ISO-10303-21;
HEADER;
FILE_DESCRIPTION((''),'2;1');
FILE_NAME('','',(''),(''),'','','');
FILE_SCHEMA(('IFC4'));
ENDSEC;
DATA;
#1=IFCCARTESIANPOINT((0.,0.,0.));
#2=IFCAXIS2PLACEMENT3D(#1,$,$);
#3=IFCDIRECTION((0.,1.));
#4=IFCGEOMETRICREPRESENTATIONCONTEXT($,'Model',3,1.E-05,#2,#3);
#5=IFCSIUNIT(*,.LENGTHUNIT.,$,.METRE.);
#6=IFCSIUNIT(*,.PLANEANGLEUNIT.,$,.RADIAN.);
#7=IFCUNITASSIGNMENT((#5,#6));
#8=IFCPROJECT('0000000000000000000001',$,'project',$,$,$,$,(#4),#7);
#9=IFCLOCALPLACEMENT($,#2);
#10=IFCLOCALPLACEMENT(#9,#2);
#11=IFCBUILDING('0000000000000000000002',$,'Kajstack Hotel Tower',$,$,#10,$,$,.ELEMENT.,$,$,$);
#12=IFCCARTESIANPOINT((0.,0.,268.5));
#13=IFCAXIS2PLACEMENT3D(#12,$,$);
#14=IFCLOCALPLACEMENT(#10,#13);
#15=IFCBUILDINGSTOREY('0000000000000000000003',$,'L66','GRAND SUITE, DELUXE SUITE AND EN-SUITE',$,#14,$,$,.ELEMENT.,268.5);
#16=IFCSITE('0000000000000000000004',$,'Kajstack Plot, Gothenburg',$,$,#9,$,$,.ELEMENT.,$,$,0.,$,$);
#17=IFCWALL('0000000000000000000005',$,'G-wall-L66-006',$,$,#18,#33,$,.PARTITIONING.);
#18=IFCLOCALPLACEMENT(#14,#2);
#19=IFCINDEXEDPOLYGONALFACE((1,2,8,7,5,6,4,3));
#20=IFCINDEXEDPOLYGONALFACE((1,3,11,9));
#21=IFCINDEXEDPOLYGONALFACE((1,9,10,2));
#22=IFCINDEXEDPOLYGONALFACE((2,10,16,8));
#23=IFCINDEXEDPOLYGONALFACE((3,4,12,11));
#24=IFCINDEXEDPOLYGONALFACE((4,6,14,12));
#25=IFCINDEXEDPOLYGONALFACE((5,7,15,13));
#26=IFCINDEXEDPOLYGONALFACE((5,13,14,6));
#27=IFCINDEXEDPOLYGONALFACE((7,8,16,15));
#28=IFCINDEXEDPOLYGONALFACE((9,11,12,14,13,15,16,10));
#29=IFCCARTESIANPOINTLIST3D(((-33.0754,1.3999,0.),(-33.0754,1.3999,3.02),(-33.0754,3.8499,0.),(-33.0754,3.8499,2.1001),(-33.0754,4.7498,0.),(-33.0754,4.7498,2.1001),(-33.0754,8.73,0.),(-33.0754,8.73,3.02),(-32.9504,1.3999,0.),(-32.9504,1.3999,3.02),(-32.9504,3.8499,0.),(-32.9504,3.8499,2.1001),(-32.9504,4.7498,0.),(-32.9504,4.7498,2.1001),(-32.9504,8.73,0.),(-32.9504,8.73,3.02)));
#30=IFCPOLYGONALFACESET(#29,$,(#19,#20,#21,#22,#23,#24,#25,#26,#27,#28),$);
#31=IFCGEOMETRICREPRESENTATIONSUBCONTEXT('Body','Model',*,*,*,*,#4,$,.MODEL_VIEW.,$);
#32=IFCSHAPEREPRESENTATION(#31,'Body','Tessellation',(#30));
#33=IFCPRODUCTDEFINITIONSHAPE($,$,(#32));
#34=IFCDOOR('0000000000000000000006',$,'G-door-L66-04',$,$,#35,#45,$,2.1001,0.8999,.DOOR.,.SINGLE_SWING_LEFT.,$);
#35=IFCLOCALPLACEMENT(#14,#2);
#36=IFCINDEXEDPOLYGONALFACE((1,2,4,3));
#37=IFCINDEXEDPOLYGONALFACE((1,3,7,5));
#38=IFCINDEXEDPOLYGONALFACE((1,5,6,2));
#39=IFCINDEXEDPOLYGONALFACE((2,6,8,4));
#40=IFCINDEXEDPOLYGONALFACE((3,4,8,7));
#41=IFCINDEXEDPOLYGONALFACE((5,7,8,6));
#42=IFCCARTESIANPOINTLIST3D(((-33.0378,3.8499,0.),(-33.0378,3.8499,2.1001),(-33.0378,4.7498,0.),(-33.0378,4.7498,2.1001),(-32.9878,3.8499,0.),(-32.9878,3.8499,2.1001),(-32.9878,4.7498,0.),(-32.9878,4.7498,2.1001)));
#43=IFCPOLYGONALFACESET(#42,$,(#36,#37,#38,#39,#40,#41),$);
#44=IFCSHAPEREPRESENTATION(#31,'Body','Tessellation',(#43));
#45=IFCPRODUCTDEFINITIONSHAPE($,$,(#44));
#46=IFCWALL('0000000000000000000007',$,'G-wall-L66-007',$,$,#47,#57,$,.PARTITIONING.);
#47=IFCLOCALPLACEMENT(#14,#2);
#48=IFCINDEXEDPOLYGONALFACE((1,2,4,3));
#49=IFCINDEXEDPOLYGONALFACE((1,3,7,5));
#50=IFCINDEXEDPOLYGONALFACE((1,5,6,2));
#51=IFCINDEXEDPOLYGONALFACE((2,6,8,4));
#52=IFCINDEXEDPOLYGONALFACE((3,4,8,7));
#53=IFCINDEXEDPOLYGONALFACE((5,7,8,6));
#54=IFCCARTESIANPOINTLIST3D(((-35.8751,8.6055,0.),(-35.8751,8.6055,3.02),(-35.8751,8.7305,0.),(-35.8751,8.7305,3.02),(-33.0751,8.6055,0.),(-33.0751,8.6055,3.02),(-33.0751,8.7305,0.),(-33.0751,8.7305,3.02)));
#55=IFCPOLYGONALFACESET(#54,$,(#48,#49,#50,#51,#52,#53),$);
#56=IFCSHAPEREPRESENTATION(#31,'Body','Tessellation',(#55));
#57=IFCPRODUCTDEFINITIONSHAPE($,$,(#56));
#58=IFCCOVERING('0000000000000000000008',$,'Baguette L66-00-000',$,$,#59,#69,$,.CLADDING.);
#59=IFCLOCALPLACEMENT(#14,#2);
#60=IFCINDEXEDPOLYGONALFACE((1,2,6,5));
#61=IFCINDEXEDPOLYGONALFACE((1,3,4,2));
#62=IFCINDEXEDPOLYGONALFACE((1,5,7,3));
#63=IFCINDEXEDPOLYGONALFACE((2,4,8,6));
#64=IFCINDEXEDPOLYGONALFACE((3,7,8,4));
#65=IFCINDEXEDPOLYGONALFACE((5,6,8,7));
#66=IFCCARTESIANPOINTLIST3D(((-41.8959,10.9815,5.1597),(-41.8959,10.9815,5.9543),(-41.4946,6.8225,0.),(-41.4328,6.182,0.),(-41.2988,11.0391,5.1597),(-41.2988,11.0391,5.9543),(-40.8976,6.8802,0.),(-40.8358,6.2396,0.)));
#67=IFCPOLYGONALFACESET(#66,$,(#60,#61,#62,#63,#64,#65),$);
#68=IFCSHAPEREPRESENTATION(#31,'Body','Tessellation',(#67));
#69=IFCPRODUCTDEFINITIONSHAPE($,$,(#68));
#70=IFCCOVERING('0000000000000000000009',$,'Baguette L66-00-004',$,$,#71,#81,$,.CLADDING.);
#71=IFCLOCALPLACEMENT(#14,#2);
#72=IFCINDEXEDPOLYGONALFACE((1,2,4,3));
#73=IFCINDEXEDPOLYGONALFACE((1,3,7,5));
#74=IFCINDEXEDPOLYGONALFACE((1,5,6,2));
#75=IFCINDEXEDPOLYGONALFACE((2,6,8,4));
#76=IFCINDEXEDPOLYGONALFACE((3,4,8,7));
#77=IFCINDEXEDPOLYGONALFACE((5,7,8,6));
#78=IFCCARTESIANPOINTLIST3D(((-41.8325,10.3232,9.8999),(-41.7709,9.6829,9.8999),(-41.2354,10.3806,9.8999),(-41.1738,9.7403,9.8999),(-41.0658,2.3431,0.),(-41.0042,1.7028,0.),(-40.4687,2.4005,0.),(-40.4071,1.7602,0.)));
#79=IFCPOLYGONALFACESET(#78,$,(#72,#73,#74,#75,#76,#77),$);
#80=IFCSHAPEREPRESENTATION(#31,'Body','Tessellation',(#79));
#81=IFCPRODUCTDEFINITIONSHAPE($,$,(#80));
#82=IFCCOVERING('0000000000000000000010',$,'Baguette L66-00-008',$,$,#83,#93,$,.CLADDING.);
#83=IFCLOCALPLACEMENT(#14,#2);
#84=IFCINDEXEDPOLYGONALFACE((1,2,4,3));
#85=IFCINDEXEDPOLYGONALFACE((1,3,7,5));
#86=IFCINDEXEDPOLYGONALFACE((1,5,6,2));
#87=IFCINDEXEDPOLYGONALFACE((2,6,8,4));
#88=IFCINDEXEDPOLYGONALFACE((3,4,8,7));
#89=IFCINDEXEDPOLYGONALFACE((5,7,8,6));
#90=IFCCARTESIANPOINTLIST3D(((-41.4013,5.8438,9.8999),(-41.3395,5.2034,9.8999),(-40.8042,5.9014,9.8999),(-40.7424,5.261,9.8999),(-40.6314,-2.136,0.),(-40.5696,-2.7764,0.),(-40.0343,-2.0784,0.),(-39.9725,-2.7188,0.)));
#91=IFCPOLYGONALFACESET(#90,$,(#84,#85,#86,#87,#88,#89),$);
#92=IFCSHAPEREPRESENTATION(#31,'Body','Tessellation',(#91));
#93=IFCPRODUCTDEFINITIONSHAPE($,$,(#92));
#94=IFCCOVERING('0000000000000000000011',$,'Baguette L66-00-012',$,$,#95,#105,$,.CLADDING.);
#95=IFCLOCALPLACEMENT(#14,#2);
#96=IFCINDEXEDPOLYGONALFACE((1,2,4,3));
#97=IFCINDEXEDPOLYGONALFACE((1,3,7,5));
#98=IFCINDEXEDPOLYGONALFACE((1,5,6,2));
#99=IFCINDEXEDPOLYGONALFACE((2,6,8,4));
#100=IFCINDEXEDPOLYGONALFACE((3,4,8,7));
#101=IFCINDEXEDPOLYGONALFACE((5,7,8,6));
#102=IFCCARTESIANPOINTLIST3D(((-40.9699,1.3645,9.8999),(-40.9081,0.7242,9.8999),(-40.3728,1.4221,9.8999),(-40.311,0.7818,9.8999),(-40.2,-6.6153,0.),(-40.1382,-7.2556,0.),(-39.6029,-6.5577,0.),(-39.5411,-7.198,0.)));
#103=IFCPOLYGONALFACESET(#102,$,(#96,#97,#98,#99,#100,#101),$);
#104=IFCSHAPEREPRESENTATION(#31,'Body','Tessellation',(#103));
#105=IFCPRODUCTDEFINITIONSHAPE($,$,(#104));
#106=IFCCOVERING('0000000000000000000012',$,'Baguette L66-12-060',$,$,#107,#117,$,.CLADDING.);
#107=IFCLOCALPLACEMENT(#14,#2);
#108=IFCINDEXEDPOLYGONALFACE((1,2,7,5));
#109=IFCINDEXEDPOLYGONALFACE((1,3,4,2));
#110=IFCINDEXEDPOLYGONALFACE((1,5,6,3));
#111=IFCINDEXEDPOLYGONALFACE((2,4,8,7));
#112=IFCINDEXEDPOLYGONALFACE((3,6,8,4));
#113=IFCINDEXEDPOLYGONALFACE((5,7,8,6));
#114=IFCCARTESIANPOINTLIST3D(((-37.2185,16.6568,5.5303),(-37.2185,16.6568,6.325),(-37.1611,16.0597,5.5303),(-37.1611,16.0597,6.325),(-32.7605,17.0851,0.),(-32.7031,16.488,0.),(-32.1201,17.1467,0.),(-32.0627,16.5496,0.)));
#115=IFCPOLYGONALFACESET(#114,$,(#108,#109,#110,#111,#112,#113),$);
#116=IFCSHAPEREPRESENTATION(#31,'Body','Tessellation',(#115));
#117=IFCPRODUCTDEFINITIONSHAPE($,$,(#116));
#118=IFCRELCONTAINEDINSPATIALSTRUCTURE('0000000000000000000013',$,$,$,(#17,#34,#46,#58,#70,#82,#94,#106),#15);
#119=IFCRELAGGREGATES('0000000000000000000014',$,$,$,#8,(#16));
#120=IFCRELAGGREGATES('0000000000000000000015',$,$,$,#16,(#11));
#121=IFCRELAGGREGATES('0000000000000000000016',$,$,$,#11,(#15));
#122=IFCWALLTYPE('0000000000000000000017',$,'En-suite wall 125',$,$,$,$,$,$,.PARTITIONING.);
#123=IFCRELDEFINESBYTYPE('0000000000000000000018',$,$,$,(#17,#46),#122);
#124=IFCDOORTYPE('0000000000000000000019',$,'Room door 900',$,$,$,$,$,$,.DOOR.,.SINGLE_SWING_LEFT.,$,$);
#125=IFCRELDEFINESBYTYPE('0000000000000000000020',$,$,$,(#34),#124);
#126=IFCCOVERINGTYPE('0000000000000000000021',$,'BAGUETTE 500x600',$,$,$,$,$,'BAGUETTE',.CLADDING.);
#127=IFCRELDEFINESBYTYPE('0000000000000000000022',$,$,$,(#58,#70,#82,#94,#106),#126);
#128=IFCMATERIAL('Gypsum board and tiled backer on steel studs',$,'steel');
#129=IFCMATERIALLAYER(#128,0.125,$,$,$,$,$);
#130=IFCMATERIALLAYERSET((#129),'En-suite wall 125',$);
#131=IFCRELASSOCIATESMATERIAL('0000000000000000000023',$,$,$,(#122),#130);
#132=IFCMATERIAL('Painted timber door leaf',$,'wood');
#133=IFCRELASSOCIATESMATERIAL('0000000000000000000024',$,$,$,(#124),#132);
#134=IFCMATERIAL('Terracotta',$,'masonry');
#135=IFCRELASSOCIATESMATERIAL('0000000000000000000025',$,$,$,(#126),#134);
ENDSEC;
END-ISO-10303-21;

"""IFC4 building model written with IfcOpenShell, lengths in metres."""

from ifc_helpers import new_model, si_unit, direction, frame, frame_2d, origin, origin_2d, place, context, subcontext, project, spatial, polyline, rectangle, outline, extrude, material, layer, layer_set, material_profile, profile_set, type_object, element, fill, save


model = new_model("IFC4")

# Units and contexts
model_context = context("Model", 3, precision=1e-05, world=origin(), true_north=direction((0.0, 1.0)))
body_context = subcontext(model_context, "Body", "Model", "MODEL_VIEW")
ifc_project = project(units=[si_unit("LENGTHUNIT", "METRE"), si_unit("PLANEANGLEUNIT", "RADIAN")], contexts=[model_context])

# Site, building, storey
site_placement = place(None, origin())
site = spatial("IfcSite", under=ifc_project, at=site_placement, Name="Kajstack Plot, Gothenburg", CompositionType="ELEMENT", RefElevation=0.0)
building_placement = place(site_placement, origin())
building = spatial("IfcBuilding", under=site, at=building_placement, Name="Kajstack Hotel Tower", CompositionType="ELEMENT")
storey_placement = place(building_placement, frame((0.0, 0.0, 268.5)))
storey = spatial("IfcBuildingStorey", under=building, at=storey_placement, Name="L66", Description="GRAND SUITE, DELUXE SUITE AND EN-SUITE", CompositionType="ELEMENT", Elevation=268.5)

# Shared definitions
ifc_material_1 = material(Name="Gypsum board and tiled backer on steel studs", Category="steel")
ifc_layer_1 = layer(ifc_material_1, 0.125)
ifc_layer_set_1 = layer_set([ifc_layer_1], Name="En-suite wall 125")
wall_type_1 = type_object("IfcWallType", Name="En-suite wall 125", PredefinedType="PARTITIONING", material=ifc_layer_set_1)

# Wall, opening, door
wall_1_placement = place(storey_placement, frame((-33.0129, 1.3999, 0.0), z_axis=(0.0, 0.0, 1.0), x_axis=(0.0, 1.0, 0.0)))
wall_1 = element("IfcWall", 1, at=wall_1_placement, inside=storey, type_object=wall_type_1, Name="G-wall-L66-006", PredefinedType="PARTITIONING", context=body_context, shape_type="SweptSolid", body=[
    extrude(rectangle(XDim=7.3301, YDim=0.125, at=frame_2d((3.665, 0.0))), origin(), (0.0, 0.0, 1.0), 3.02),
])
opening_1_placement = place(wall_1_placement, frame((2.45, 0.0, 0.0)))
opening_1 = element("IfcOpeningElement", 2, at=opening_1_placement, cuts=wall_1, PredefinedType="OPENING", context=body_context, shape_type="SweptSolid", body=[
    extrude(rectangle(XDim=0.8999, YDim=2.1001, at=frame_2d((0.45, 1.05))), frame((0.0, 0.0725, 0.0), z_axis=(0.0, -1.0, 0.0), x_axis=(1.0, 0.0, 0.0)), (0.0, 0.0, 1.0), 0.145),
])
ifc_material_2 = material(Name="Painted timber door leaf", Category="wood")
door_type = type_object("IfcDoorType", Name="Room door 900", OperationType="SINGLE_SWING_LEFT", PredefinedType="DOOR", material=ifc_material_2)
door_placement = place(opening_1_placement, origin())
door = element("IfcDoor", 3, at=door_placement, inside=storey, type_object=door_type, Name="G-door-L66-04", OperationType="SINGLE_SWING_LEFT", OverallHeight=2.1001, OverallWidth=0.8999, PredefinedType="DOOR", context=body_context, shape_type="SweptSolid", body=[
    extrude(rectangle(XDim=0.8999, YDim=2.1001, at=frame_2d((0.45, 1.05))), frame((0.0, 0.0249, 0.0), z_axis=(0.0, -1.0, 0.0), x_axis=(1.0, 0.0, 0.0)), (0.0, 0.0, 1.0), 0.05),
])
fill(opening_1, door)

# Wall
wall_2_placement = place(storey_placement, frame((-35.875, 8.668, 0.0), z_axis=(0.0, 0.0, 1.0), x_axis=(1.0, 0.0, 0.0)))
element("IfcWall", 4, at=wall_2_placement, inside=storey, type_object=wall_type_1, Name="G-wall-L66-007", PredefinedType="PARTITIONING", context=body_context, shape_type="SweptSolid", body=[
    extrude(rectangle(XDim=2.8, YDim=0.125, at=frame_2d((1.3999, 0.0))), origin(), (0.0, 0.0, 1.0), 3.02),
])

# Coverings
ifc_material_3 = material(Name="Terracotta", Category="masonry")
ifc_material_profile = material_profile(ifc_material_3, rectangle(XDim=0.6001, YDim=0.5, at=origin_2d()), Name="Terracotta-clad concrete baguette 500 x 600")
ifc_profile_set = profile_set([ifc_material_profile], Name="Terracotta")
covering_type = type_object("IfcCoveringType", Name="BAGUETTE 500x600", ElementType="BAGUETTE", PredefinedType="CLADDING", material=ifc_profile_set)
covering_1_placement = place(storey_placement, frame((-41.2988, 11.0391, 0.0), z_axis=(-0.995378, -0.096038, 0.0), x_axis=(0.096038, -0.995378, 0.0)))
element("IfcCovering", 5, at=covering_1_placement, inside=storey, type_object=covering_type, Name="Baguette L66-00-000", PredefinedType="CLADDING", context=body_context, shape_type="SweptSolid", body=[
    extrude(outline(polyline([(4.8218, 0.0), (0.0, 5.9543), (0.0, 5.1597), (4.1782, 0.0), (4.8218, 0.0)])), origin(), (0.0, 0.0, 1.0), 0.5999),
])
for number, where, z_axis, x_axis, name in (
    (6, (-41.2354, 10.3806, 0.0), (-0.995416, -0.095635, 0.0), (0.095635, -0.995416, 0.0), "Baguette L66-00-004"),
    (7, (-40.8042, 5.9014, 0.0), (-0.995378, -0.096038, 0.0), (0.096038, -0.995378, 0.0), "Baguette L66-00-008"),
    (8, (-40.3728, 1.4221, 0.0), (-0.995378, -0.096038, 0.0), (0.096038, -0.995378, 0.0), "Baguette L66-00-012"),
):
    element("IfcCovering", number, at=place(storey_placement, frame(where, z_axis=z_axis, x_axis=x_axis)), inside=storey, type_object=covering_type, Name=name, PredefinedType="CLADDING", context=body_context, shape_type="SweptSolid", body=[
        extrude(outline(polyline([(0.0, 9.8999), (8.0168, 0.0), (8.6602, 0.0), (0.6433, 9.8999), (0.0, 9.8999)])), origin(), (0.0, 0.0, 1.0), 0.5999),
    ])
covering_2_placement = place(storey_placement, frame((-32.0627, 16.5496, 0.0), z_axis=(-0.095635, 0.995416, 0.0), x_axis=(-0.995416, -0.095635, 0.0)))
element("IfcCovering", 9, at=covering_2_placement, inside=storey, type_object=covering_type, Name="Baguette L66-12-060", PredefinedType="CLADDING", context=body_context, shape_type="SweptSolid", body=[
    extrude(outline(polyline([(0.6433, 0.0), (5.1218, 5.5303), (5.1218, 6.325), (0.0, 0.0), (0.6433, 0.0)])), origin(), (0.0, 0.0, 1.0), 0.5999),
])

save(model, "model.ifc")
